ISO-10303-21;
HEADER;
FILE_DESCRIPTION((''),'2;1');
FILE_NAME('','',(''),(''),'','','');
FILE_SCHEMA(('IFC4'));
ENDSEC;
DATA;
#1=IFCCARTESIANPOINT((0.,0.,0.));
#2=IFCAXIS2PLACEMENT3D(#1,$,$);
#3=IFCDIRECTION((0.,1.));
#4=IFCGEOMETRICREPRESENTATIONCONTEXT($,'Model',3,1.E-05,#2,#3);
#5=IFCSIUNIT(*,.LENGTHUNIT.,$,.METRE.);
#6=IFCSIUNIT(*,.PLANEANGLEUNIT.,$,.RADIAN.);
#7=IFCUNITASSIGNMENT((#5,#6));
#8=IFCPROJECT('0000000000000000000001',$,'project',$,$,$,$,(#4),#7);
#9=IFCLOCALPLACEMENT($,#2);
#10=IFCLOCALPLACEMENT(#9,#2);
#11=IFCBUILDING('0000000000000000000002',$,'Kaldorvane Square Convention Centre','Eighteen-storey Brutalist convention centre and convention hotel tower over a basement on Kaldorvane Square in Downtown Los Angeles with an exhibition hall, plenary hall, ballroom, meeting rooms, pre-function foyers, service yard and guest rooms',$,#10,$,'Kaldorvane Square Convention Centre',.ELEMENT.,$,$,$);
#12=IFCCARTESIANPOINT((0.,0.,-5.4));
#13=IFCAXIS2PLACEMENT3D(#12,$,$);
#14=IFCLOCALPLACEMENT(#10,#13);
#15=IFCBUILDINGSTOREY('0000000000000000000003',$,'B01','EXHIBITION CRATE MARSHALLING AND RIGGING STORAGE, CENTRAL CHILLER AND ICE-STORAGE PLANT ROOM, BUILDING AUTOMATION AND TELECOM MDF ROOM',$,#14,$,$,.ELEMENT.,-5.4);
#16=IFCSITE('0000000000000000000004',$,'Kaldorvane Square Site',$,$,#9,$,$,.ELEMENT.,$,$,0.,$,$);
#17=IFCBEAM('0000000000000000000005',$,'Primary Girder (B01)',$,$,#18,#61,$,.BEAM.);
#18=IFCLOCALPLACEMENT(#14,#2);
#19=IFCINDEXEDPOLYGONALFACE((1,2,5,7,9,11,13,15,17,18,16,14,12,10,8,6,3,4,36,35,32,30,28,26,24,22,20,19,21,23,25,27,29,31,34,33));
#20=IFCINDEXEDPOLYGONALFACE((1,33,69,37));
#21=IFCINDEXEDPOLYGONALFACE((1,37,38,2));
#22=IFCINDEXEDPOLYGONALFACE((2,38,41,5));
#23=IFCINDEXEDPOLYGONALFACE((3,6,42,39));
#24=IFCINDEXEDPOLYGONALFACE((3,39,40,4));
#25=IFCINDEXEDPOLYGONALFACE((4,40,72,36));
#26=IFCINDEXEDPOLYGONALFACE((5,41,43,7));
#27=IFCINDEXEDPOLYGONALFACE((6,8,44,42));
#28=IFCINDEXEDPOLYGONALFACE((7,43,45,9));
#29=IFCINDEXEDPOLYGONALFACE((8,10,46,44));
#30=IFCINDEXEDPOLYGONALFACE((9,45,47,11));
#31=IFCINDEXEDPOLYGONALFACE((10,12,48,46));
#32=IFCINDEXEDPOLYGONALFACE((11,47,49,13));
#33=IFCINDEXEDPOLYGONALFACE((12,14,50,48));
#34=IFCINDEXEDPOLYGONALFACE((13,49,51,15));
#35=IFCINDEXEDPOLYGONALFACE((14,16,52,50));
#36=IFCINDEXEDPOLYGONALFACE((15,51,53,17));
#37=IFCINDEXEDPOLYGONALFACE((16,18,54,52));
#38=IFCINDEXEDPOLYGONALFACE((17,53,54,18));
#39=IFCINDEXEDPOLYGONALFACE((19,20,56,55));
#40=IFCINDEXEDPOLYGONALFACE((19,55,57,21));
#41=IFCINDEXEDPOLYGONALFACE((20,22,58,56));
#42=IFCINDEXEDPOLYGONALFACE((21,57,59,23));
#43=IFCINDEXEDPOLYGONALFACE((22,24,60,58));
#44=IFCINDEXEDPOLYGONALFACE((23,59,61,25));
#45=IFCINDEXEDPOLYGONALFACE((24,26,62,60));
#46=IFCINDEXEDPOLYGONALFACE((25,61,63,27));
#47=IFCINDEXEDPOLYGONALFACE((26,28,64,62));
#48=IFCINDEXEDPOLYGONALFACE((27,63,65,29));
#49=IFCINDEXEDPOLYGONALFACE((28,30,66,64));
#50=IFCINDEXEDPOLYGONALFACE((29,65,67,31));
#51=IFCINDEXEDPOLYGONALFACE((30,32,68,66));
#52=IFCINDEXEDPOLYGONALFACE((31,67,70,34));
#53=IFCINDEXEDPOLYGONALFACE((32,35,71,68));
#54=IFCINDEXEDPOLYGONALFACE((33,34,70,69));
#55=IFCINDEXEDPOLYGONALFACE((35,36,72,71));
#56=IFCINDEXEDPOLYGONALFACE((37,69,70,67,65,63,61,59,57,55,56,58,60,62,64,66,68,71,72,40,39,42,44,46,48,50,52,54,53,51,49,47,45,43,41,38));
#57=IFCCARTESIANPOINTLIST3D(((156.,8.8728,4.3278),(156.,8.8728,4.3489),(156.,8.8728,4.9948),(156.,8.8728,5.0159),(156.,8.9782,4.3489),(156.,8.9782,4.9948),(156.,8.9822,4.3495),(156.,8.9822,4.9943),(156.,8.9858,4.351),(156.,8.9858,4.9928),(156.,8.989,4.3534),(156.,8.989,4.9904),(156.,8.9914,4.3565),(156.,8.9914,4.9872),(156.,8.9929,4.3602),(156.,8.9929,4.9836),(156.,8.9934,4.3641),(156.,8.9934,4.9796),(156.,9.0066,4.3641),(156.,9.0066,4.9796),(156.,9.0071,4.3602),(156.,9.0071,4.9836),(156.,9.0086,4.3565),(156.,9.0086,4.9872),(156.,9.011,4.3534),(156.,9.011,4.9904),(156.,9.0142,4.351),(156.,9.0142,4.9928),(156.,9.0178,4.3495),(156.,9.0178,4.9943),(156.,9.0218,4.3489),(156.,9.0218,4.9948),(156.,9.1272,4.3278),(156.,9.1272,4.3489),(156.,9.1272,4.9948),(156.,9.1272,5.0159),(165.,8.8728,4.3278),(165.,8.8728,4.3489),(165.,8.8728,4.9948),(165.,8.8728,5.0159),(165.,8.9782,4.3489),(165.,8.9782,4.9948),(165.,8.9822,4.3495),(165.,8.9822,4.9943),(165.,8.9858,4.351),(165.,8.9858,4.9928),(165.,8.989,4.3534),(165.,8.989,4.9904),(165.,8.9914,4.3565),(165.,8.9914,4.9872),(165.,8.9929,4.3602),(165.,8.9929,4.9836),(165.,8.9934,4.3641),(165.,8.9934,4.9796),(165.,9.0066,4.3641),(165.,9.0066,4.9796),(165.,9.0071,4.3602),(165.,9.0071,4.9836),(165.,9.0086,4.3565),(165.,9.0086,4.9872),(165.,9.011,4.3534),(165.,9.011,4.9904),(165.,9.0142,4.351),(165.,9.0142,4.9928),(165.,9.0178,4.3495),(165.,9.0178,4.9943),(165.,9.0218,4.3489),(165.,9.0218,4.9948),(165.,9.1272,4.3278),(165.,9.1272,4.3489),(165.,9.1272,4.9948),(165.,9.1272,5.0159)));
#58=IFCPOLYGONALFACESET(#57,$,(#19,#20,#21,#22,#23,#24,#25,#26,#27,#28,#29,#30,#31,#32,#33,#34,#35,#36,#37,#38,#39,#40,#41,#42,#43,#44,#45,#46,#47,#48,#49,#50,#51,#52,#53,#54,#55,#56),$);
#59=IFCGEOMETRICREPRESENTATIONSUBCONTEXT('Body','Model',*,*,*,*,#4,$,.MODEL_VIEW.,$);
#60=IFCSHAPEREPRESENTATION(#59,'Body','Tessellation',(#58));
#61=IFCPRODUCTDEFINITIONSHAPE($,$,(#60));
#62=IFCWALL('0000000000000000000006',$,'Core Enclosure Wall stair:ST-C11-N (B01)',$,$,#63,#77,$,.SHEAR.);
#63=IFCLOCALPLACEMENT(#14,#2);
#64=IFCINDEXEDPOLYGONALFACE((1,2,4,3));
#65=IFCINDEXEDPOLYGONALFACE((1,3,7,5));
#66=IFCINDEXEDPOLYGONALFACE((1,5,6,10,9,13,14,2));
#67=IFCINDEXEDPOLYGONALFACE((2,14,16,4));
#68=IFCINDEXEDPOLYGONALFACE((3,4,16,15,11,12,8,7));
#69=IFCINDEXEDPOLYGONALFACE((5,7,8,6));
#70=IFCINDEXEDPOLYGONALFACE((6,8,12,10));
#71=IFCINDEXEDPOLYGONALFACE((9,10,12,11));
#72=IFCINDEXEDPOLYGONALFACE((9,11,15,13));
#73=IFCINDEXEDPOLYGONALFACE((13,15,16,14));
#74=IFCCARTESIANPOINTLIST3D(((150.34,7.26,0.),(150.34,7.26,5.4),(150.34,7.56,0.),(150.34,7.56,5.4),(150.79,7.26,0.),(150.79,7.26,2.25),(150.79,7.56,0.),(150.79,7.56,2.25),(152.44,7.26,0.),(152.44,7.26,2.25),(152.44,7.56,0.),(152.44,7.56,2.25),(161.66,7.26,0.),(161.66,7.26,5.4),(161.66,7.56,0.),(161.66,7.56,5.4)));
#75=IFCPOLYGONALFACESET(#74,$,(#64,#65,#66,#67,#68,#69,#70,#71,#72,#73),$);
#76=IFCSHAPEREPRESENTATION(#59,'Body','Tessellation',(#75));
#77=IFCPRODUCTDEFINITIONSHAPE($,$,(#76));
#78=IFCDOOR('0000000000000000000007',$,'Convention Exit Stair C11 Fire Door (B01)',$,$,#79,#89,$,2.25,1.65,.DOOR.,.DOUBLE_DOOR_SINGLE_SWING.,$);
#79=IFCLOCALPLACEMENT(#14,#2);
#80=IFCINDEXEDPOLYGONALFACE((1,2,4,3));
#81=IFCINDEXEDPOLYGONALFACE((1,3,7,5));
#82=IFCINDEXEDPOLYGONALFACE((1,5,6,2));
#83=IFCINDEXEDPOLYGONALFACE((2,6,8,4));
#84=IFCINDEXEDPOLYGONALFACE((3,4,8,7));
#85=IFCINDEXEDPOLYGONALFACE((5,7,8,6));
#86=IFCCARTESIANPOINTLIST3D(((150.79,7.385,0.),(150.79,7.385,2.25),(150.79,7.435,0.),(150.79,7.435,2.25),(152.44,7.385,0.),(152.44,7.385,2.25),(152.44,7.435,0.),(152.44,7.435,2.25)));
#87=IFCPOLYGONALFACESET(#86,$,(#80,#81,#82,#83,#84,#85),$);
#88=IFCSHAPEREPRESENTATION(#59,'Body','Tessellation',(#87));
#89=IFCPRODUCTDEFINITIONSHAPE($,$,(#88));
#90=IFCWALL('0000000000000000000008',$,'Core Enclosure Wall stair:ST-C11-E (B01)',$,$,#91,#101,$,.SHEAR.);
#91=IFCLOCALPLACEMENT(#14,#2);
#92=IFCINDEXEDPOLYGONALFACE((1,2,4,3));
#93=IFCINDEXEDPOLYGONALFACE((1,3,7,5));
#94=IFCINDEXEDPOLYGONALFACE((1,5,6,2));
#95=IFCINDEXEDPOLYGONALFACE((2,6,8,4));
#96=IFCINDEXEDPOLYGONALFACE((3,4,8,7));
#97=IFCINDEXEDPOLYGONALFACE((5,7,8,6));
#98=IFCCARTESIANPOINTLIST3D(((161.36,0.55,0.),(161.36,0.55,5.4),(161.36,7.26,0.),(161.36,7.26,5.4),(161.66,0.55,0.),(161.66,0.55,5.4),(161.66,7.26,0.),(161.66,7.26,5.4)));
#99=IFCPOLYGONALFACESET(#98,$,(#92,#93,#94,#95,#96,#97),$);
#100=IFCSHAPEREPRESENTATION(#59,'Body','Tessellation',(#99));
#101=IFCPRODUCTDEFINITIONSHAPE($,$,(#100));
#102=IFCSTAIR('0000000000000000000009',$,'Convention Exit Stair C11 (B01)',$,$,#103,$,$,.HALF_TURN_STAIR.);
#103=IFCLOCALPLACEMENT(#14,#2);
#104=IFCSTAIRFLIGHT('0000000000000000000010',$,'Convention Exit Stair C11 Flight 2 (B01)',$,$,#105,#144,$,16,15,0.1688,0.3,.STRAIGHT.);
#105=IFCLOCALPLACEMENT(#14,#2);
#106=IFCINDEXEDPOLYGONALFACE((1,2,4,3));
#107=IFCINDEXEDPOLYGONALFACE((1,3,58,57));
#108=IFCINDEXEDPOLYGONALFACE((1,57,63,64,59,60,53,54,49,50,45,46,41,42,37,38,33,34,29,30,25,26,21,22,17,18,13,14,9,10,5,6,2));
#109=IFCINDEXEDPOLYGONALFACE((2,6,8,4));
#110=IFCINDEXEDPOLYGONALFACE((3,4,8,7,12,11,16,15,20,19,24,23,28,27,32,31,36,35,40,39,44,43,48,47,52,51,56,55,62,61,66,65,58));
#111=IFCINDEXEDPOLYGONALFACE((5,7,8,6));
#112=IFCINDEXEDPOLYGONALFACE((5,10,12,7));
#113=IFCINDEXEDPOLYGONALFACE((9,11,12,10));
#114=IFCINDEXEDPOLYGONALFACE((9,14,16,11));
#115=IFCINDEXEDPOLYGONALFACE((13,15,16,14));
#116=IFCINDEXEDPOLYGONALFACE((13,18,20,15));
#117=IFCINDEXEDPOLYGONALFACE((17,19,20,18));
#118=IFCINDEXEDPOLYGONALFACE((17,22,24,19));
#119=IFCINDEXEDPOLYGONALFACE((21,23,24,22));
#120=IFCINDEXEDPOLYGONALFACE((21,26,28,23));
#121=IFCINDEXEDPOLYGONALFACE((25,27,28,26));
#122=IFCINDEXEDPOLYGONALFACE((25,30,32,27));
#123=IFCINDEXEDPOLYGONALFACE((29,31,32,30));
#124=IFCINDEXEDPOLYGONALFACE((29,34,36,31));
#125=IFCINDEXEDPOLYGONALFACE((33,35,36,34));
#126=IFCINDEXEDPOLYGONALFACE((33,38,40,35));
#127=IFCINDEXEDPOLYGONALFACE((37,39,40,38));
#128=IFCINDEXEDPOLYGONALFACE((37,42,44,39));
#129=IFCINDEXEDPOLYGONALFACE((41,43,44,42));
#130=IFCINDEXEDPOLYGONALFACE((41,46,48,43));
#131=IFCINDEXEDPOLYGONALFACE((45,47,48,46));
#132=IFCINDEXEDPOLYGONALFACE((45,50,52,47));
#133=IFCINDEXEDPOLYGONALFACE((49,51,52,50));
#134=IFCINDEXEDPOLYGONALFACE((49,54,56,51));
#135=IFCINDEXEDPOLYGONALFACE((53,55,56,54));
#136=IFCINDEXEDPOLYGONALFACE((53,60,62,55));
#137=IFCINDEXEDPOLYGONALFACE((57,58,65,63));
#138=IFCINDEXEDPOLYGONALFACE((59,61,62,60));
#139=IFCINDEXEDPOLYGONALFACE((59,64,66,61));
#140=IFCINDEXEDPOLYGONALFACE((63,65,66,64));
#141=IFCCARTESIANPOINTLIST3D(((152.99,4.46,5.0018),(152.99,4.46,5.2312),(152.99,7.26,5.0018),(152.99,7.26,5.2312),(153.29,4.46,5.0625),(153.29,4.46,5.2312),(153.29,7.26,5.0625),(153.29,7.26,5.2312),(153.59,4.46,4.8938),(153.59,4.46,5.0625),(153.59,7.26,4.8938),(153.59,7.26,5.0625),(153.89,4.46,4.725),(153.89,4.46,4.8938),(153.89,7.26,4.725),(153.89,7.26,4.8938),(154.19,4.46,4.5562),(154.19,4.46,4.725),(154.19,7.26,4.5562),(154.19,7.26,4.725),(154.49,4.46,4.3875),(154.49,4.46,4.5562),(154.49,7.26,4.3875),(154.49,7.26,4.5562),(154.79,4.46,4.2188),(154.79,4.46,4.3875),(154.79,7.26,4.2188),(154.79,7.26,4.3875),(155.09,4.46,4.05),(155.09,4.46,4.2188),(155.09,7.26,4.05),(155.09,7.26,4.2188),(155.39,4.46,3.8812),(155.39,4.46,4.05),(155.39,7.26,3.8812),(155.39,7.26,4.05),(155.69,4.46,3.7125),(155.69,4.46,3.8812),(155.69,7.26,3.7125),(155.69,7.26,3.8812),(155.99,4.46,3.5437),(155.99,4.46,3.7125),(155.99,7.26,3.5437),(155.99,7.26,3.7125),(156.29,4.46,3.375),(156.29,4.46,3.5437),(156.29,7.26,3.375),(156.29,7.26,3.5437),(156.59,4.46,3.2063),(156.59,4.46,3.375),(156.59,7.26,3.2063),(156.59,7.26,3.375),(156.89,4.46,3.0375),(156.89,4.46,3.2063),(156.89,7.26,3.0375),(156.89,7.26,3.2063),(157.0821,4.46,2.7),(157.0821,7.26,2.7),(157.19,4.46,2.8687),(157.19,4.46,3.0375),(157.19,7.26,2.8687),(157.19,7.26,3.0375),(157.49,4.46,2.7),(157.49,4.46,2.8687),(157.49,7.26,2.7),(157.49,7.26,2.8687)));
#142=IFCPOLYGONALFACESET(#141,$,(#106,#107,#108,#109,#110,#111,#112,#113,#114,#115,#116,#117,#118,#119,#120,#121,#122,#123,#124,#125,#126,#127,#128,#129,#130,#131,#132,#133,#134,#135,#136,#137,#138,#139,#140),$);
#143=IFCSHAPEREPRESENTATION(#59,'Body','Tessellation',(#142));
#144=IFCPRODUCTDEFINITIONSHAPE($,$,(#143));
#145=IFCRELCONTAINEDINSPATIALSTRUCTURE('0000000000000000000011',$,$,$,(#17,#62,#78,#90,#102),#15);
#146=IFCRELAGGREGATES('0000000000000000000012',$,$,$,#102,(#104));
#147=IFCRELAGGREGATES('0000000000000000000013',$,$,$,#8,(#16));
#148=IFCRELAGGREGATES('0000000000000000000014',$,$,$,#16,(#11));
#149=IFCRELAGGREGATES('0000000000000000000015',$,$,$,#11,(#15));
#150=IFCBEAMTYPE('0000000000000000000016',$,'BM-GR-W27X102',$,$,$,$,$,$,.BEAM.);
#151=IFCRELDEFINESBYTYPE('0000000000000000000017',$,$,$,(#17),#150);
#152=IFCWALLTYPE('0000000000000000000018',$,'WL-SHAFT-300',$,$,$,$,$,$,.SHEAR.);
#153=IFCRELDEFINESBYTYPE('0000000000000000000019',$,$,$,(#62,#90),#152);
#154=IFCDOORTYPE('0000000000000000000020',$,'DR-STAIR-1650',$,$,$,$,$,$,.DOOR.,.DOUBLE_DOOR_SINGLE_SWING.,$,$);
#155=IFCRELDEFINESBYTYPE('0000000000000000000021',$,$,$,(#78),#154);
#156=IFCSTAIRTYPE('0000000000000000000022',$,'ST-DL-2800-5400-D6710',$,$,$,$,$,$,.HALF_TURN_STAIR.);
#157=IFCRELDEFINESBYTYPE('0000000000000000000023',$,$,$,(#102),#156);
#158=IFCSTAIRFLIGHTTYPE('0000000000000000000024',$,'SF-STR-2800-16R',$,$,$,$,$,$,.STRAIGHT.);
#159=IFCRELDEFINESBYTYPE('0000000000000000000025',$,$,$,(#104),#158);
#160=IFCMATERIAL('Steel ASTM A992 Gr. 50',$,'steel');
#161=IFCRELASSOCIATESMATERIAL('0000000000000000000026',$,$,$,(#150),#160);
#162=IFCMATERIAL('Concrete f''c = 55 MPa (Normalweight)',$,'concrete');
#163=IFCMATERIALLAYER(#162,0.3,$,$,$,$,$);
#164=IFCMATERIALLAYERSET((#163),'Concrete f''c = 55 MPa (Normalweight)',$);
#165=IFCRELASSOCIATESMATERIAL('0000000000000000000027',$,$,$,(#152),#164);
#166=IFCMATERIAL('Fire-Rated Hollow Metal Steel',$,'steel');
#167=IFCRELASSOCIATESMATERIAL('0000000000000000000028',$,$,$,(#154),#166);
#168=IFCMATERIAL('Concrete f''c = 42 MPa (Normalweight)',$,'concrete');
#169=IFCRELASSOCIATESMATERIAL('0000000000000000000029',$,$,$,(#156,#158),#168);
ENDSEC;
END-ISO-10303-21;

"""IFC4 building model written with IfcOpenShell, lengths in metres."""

from ifc_helpers import new_model, si_unit, direction, frame, frame_2d, origin, origin_2d, place, context, subcontext, project, spatial, polyline, rectangle, i_section, outline, extrude, material, layer, layer_set, material_profile, profile_set, type_object, element, fill, aggregate, save


model = new_model("IFC4")

# Units and contexts
model_context = context("Model", 3, precision=1e-05, world=origin(), true_north=direction((0.0, 1.0)))
body_context = subcontext(model_context, "Body", "Model", "MODEL_VIEW")
ifc_project = project(units=[si_unit("LENGTHUNIT", "METRE"), si_unit("PLANEANGLEUNIT", "RADIAN")], contexts=[model_context])

# Site, building, storey
site_placement = place(None, origin())
site = spatial("IfcSite", under=ifc_project, at=site_placement, Name="Kaldorvane Square Site", CompositionType="ELEMENT", RefElevation=0.0)
building_placement = place(site_placement, origin())
building = spatial("IfcBuilding", under=site, at=building_placement, Name="Kaldorvane Square Convention Centre", Description="Eighteen-storey Brutalist convention centre and convention hotel tower over a basement on Kaldorvane Square in Downtown Los Angeles with an exhibition hall, plenary hall, ballroom, meeting rooms, pre-function foyers, service yard and guest rooms", LongName="Kaldorvane Square Convention Centre", CompositionType="ELEMENT")
storey_placement = place(building_placement, frame((0.0, 0.0, -5.4)))
storey = spatial("IfcBuildingStorey", under=building, at=storey_placement, Name="B01", Description="EXHIBITION CRATE MARSHALLING AND RIGGING STORAGE, CENTRAL CHILLER AND ICE-STORAGE PLANT ROOM, BUILDING AUTOMATION AND TELECOM MDF ROOM", CompositionType="ELEMENT", Elevation=-5.4)

# Shared definitions
ifc_material_1 = material(Name="Concrete f'c = 42 MPa (Normalweight)", Category="concrete")

# Shared definitions
ifc_material_2 = material(Name="Steel ASTM A992 Gr. 50", Category="steel")

# Beam
ifc_material_profile_1 = material_profile(ifc_material_2, i_section(OverallWidth=0.2544, OverallDepth=0.6881, WebThickness=0.0131, FlangeThickness=0.0211, FilletRadius=0.0152, at=origin_2d()), Name="W27X102")
ifc_profile_set_1 = profile_set([ifc_material_profile_1], Name="Steel ASTM A992 Gr. 50")
beam_type = type_object("IfcBeamType", Name="BM-GR-W27X102", PredefinedType="BEAM", material=ifc_profile_set_1)
beam_placement = place(storey_placement, frame((156.0, 9.0, 4.6719), z_axis=(1.0, 0.0, 0.0), x_axis=(0.0, 1.0, 0.0)))
element("IfcBeam", 1, at=beam_placement, inside=storey, type_object=beam_type, Name="Primary Girder (B01)", PredefinedType="BEAM", context=body_context, shape_type="SweptSolid", body=[
    extrude(i_section(OverallWidth=0.2544, OverallDepth=0.6881, WebThickness=0.0131, FlangeThickness=0.0211, FilletRadius=0.0152, at=origin_2d()), origin(), (0.0, 0.0, 1.0), 9.0),
])

# Wall, opening, door
ifc_material_3 = material(Name="Concrete f'c = 55 MPa (Normalweight)", Category="concrete")
ifc_layer = layer(ifc_material_3, 0.3)
ifc_layer_set = layer_set([ifc_layer], Name="Concrete f'c = 55 MPa (Normalweight)")
wall_type = type_object("IfcWallType", Name="WL-SHAFT-300", PredefinedType="SHEAR", material=ifc_layer_set)
wall_1_placement = place(storey_placement, frame((161.66, 7.41, 0.0), z_axis=(0.0, 0.0, 1.0), x_axis=(-1.0, 0.0, 0.0)))
wall_1 = element("IfcWall", 2, at=wall_1_placement, inside=storey, type_object=wall_type, Name="Core Enclosure Wall stair:ST-C11-N (B01)", PredefinedType="SHEAR", context=body_context, shape_type="SweptSolid", body=[
    extrude(rectangle(XDim=11.32, YDim=0.3, at=frame_2d((5.66, 0.0))), origin(), (0.0, 0.0, 1.0), 5.4),
])
opening_placement = place(wall_1_placement, frame((9.22, 0.0, 0.0)))
opening = element("IfcOpeningElement", 3, at=opening_placement, cuts=wall_1, PredefinedType="OPENING", context=body_context, shape_type="SweptSolid", body=[
    extrude(rectangle(XDim=1.65, YDim=2.25, at=frame_2d((0.825, 1.125))), frame((0.0, 0.165, 0.0), z_axis=(0.0, -1.0, 0.0), x_axis=(1.0, 0.0, 0.0)), (0.0, 0.0, 1.0), 0.33),
])
ifc_material_4 = material(Name="Fire-Rated Hollow Metal Steel", Category="steel")
door_type = type_object("IfcDoorType", Name="DR-STAIR-1650", OperationType="DOUBLE_DOOR_SINGLE_SWING", PredefinedType="DOOR", material=ifc_material_4)
door_placement = place(opening_placement, origin())
door = element("IfcDoor", 4, at=door_placement, inside=storey, type_object=door_type, Name="Convention Exit Stair C11 Fire Door (B01)", OperationType="DOUBLE_DOOR_SINGLE_SWING", OverallHeight=2.25, OverallWidth=1.65, PredefinedType="DOOR", context=body_context, shape_type="SweptSolid", body=[
    extrude(rectangle(XDim=1.65, YDim=2.25, at=frame_2d((0.825, 1.125))), frame((0.0, 0.025, 0.0), z_axis=(0.0, -1.0, 0.0), x_axis=(1.0, 0.0, 0.0)), (0.0, 0.0, 1.0), 0.05),
])
fill(opening, door)

# Wall
wall_2_placement = place(storey_placement, frame((161.51, 0.55, 0.0), z_axis=(0.0, 0.0, 1.0), x_axis=(0.0, 1.0, 0.0)))
element("IfcWall", 5, at=wall_2_placement, inside=storey, type_object=wall_type, Name="Core Enclosure Wall stair:ST-C11-E (B01)", PredefinedType="SHEAR", context=body_context, shape_type="SweptSolid", body=[
    extrude(rectangle(XDim=6.71, YDim=0.3, at=frame_2d((3.355, 0.0))), origin(), (0.0, 0.0, 1.0), 5.4),
])

# Stair, stair flight
stair_type = type_object("IfcStairType", Name="ST-DL-2800-5400-D6710", PredefinedType="HALF_TURN_STAIR", material=ifc_material_1)
stair_placement = place(storey_placement, origin())
stair = element("IfcStair", 6, at=stair_placement, inside=storey, type_object=stair_type, Name="Convention Exit Stair C11 (B01)", PredefinedType="HALF_TURN_STAIR")
stair_flight_type = type_object("IfcStairFlightType", Name="SF-STR-2800-16R", PredefinedType="STRAIGHT", material=ifc_material_1)
stair_flight_placement = place(storey_placement, frame((157.49, 5.86, 2.7), z_axis=(0.0, 0.0, 1.0), x_axis=(-1.0, 0.0, 0.0)))
stair_flight = element("IfcStairFlight", 7, at=stair_flight_placement, type_object=stair_flight_type, Name="Convention Exit Stair C11 Flight 2 (B01)", NumberOfRisers=16, NumberOfTreads=15, PredefinedType="STRAIGHT", RiserHeight=0.1688, TreadLength=0.3, context=body_context, shape_type="SweptSolid", body=[
    extrude(outline(polyline([(0.0, 0.0), (0.0, 0.1687), (0.3, 0.1687), (0.3, 0.3375), (0.6, 0.3375), (0.6, 0.5063), (0.9, 0.5063), (0.9, 0.675), (1.2, 0.675), (1.2, 0.8438), (1.5, 0.8438), (1.5, 1.0125), (1.8, 1.0125), (1.8, 1.1812), (2.1, 1.1812), (2.1, 1.35), (2.4, 1.35), (2.4, 1.5188), (2.7, 1.5188), (2.7, 1.6875), (3.0, 1.6875), (3.0, 1.8562), (3.3, 1.8562), (3.3, 2.025), (3.6, 2.025), (3.6, 2.1938), (3.9, 2.1938), (3.9, 2.3625), (4.2, 2.3625), (4.2, 2.5312), (4.5, 2.5312), (4.5, 2.7), (4.5, 2.3018), (0.4079, 0.0), (0.0, 0.0)])), frame((0.0, 1.4, 0.0), z_axis=(0.0, -1.0, 0.0), x_axis=(1.0, 0.0, 0.0)), (0.0, 0.0, 1.0), 2.8),
])
aggregate(stair, [stair_flight])

save(model, "model.ifc")
